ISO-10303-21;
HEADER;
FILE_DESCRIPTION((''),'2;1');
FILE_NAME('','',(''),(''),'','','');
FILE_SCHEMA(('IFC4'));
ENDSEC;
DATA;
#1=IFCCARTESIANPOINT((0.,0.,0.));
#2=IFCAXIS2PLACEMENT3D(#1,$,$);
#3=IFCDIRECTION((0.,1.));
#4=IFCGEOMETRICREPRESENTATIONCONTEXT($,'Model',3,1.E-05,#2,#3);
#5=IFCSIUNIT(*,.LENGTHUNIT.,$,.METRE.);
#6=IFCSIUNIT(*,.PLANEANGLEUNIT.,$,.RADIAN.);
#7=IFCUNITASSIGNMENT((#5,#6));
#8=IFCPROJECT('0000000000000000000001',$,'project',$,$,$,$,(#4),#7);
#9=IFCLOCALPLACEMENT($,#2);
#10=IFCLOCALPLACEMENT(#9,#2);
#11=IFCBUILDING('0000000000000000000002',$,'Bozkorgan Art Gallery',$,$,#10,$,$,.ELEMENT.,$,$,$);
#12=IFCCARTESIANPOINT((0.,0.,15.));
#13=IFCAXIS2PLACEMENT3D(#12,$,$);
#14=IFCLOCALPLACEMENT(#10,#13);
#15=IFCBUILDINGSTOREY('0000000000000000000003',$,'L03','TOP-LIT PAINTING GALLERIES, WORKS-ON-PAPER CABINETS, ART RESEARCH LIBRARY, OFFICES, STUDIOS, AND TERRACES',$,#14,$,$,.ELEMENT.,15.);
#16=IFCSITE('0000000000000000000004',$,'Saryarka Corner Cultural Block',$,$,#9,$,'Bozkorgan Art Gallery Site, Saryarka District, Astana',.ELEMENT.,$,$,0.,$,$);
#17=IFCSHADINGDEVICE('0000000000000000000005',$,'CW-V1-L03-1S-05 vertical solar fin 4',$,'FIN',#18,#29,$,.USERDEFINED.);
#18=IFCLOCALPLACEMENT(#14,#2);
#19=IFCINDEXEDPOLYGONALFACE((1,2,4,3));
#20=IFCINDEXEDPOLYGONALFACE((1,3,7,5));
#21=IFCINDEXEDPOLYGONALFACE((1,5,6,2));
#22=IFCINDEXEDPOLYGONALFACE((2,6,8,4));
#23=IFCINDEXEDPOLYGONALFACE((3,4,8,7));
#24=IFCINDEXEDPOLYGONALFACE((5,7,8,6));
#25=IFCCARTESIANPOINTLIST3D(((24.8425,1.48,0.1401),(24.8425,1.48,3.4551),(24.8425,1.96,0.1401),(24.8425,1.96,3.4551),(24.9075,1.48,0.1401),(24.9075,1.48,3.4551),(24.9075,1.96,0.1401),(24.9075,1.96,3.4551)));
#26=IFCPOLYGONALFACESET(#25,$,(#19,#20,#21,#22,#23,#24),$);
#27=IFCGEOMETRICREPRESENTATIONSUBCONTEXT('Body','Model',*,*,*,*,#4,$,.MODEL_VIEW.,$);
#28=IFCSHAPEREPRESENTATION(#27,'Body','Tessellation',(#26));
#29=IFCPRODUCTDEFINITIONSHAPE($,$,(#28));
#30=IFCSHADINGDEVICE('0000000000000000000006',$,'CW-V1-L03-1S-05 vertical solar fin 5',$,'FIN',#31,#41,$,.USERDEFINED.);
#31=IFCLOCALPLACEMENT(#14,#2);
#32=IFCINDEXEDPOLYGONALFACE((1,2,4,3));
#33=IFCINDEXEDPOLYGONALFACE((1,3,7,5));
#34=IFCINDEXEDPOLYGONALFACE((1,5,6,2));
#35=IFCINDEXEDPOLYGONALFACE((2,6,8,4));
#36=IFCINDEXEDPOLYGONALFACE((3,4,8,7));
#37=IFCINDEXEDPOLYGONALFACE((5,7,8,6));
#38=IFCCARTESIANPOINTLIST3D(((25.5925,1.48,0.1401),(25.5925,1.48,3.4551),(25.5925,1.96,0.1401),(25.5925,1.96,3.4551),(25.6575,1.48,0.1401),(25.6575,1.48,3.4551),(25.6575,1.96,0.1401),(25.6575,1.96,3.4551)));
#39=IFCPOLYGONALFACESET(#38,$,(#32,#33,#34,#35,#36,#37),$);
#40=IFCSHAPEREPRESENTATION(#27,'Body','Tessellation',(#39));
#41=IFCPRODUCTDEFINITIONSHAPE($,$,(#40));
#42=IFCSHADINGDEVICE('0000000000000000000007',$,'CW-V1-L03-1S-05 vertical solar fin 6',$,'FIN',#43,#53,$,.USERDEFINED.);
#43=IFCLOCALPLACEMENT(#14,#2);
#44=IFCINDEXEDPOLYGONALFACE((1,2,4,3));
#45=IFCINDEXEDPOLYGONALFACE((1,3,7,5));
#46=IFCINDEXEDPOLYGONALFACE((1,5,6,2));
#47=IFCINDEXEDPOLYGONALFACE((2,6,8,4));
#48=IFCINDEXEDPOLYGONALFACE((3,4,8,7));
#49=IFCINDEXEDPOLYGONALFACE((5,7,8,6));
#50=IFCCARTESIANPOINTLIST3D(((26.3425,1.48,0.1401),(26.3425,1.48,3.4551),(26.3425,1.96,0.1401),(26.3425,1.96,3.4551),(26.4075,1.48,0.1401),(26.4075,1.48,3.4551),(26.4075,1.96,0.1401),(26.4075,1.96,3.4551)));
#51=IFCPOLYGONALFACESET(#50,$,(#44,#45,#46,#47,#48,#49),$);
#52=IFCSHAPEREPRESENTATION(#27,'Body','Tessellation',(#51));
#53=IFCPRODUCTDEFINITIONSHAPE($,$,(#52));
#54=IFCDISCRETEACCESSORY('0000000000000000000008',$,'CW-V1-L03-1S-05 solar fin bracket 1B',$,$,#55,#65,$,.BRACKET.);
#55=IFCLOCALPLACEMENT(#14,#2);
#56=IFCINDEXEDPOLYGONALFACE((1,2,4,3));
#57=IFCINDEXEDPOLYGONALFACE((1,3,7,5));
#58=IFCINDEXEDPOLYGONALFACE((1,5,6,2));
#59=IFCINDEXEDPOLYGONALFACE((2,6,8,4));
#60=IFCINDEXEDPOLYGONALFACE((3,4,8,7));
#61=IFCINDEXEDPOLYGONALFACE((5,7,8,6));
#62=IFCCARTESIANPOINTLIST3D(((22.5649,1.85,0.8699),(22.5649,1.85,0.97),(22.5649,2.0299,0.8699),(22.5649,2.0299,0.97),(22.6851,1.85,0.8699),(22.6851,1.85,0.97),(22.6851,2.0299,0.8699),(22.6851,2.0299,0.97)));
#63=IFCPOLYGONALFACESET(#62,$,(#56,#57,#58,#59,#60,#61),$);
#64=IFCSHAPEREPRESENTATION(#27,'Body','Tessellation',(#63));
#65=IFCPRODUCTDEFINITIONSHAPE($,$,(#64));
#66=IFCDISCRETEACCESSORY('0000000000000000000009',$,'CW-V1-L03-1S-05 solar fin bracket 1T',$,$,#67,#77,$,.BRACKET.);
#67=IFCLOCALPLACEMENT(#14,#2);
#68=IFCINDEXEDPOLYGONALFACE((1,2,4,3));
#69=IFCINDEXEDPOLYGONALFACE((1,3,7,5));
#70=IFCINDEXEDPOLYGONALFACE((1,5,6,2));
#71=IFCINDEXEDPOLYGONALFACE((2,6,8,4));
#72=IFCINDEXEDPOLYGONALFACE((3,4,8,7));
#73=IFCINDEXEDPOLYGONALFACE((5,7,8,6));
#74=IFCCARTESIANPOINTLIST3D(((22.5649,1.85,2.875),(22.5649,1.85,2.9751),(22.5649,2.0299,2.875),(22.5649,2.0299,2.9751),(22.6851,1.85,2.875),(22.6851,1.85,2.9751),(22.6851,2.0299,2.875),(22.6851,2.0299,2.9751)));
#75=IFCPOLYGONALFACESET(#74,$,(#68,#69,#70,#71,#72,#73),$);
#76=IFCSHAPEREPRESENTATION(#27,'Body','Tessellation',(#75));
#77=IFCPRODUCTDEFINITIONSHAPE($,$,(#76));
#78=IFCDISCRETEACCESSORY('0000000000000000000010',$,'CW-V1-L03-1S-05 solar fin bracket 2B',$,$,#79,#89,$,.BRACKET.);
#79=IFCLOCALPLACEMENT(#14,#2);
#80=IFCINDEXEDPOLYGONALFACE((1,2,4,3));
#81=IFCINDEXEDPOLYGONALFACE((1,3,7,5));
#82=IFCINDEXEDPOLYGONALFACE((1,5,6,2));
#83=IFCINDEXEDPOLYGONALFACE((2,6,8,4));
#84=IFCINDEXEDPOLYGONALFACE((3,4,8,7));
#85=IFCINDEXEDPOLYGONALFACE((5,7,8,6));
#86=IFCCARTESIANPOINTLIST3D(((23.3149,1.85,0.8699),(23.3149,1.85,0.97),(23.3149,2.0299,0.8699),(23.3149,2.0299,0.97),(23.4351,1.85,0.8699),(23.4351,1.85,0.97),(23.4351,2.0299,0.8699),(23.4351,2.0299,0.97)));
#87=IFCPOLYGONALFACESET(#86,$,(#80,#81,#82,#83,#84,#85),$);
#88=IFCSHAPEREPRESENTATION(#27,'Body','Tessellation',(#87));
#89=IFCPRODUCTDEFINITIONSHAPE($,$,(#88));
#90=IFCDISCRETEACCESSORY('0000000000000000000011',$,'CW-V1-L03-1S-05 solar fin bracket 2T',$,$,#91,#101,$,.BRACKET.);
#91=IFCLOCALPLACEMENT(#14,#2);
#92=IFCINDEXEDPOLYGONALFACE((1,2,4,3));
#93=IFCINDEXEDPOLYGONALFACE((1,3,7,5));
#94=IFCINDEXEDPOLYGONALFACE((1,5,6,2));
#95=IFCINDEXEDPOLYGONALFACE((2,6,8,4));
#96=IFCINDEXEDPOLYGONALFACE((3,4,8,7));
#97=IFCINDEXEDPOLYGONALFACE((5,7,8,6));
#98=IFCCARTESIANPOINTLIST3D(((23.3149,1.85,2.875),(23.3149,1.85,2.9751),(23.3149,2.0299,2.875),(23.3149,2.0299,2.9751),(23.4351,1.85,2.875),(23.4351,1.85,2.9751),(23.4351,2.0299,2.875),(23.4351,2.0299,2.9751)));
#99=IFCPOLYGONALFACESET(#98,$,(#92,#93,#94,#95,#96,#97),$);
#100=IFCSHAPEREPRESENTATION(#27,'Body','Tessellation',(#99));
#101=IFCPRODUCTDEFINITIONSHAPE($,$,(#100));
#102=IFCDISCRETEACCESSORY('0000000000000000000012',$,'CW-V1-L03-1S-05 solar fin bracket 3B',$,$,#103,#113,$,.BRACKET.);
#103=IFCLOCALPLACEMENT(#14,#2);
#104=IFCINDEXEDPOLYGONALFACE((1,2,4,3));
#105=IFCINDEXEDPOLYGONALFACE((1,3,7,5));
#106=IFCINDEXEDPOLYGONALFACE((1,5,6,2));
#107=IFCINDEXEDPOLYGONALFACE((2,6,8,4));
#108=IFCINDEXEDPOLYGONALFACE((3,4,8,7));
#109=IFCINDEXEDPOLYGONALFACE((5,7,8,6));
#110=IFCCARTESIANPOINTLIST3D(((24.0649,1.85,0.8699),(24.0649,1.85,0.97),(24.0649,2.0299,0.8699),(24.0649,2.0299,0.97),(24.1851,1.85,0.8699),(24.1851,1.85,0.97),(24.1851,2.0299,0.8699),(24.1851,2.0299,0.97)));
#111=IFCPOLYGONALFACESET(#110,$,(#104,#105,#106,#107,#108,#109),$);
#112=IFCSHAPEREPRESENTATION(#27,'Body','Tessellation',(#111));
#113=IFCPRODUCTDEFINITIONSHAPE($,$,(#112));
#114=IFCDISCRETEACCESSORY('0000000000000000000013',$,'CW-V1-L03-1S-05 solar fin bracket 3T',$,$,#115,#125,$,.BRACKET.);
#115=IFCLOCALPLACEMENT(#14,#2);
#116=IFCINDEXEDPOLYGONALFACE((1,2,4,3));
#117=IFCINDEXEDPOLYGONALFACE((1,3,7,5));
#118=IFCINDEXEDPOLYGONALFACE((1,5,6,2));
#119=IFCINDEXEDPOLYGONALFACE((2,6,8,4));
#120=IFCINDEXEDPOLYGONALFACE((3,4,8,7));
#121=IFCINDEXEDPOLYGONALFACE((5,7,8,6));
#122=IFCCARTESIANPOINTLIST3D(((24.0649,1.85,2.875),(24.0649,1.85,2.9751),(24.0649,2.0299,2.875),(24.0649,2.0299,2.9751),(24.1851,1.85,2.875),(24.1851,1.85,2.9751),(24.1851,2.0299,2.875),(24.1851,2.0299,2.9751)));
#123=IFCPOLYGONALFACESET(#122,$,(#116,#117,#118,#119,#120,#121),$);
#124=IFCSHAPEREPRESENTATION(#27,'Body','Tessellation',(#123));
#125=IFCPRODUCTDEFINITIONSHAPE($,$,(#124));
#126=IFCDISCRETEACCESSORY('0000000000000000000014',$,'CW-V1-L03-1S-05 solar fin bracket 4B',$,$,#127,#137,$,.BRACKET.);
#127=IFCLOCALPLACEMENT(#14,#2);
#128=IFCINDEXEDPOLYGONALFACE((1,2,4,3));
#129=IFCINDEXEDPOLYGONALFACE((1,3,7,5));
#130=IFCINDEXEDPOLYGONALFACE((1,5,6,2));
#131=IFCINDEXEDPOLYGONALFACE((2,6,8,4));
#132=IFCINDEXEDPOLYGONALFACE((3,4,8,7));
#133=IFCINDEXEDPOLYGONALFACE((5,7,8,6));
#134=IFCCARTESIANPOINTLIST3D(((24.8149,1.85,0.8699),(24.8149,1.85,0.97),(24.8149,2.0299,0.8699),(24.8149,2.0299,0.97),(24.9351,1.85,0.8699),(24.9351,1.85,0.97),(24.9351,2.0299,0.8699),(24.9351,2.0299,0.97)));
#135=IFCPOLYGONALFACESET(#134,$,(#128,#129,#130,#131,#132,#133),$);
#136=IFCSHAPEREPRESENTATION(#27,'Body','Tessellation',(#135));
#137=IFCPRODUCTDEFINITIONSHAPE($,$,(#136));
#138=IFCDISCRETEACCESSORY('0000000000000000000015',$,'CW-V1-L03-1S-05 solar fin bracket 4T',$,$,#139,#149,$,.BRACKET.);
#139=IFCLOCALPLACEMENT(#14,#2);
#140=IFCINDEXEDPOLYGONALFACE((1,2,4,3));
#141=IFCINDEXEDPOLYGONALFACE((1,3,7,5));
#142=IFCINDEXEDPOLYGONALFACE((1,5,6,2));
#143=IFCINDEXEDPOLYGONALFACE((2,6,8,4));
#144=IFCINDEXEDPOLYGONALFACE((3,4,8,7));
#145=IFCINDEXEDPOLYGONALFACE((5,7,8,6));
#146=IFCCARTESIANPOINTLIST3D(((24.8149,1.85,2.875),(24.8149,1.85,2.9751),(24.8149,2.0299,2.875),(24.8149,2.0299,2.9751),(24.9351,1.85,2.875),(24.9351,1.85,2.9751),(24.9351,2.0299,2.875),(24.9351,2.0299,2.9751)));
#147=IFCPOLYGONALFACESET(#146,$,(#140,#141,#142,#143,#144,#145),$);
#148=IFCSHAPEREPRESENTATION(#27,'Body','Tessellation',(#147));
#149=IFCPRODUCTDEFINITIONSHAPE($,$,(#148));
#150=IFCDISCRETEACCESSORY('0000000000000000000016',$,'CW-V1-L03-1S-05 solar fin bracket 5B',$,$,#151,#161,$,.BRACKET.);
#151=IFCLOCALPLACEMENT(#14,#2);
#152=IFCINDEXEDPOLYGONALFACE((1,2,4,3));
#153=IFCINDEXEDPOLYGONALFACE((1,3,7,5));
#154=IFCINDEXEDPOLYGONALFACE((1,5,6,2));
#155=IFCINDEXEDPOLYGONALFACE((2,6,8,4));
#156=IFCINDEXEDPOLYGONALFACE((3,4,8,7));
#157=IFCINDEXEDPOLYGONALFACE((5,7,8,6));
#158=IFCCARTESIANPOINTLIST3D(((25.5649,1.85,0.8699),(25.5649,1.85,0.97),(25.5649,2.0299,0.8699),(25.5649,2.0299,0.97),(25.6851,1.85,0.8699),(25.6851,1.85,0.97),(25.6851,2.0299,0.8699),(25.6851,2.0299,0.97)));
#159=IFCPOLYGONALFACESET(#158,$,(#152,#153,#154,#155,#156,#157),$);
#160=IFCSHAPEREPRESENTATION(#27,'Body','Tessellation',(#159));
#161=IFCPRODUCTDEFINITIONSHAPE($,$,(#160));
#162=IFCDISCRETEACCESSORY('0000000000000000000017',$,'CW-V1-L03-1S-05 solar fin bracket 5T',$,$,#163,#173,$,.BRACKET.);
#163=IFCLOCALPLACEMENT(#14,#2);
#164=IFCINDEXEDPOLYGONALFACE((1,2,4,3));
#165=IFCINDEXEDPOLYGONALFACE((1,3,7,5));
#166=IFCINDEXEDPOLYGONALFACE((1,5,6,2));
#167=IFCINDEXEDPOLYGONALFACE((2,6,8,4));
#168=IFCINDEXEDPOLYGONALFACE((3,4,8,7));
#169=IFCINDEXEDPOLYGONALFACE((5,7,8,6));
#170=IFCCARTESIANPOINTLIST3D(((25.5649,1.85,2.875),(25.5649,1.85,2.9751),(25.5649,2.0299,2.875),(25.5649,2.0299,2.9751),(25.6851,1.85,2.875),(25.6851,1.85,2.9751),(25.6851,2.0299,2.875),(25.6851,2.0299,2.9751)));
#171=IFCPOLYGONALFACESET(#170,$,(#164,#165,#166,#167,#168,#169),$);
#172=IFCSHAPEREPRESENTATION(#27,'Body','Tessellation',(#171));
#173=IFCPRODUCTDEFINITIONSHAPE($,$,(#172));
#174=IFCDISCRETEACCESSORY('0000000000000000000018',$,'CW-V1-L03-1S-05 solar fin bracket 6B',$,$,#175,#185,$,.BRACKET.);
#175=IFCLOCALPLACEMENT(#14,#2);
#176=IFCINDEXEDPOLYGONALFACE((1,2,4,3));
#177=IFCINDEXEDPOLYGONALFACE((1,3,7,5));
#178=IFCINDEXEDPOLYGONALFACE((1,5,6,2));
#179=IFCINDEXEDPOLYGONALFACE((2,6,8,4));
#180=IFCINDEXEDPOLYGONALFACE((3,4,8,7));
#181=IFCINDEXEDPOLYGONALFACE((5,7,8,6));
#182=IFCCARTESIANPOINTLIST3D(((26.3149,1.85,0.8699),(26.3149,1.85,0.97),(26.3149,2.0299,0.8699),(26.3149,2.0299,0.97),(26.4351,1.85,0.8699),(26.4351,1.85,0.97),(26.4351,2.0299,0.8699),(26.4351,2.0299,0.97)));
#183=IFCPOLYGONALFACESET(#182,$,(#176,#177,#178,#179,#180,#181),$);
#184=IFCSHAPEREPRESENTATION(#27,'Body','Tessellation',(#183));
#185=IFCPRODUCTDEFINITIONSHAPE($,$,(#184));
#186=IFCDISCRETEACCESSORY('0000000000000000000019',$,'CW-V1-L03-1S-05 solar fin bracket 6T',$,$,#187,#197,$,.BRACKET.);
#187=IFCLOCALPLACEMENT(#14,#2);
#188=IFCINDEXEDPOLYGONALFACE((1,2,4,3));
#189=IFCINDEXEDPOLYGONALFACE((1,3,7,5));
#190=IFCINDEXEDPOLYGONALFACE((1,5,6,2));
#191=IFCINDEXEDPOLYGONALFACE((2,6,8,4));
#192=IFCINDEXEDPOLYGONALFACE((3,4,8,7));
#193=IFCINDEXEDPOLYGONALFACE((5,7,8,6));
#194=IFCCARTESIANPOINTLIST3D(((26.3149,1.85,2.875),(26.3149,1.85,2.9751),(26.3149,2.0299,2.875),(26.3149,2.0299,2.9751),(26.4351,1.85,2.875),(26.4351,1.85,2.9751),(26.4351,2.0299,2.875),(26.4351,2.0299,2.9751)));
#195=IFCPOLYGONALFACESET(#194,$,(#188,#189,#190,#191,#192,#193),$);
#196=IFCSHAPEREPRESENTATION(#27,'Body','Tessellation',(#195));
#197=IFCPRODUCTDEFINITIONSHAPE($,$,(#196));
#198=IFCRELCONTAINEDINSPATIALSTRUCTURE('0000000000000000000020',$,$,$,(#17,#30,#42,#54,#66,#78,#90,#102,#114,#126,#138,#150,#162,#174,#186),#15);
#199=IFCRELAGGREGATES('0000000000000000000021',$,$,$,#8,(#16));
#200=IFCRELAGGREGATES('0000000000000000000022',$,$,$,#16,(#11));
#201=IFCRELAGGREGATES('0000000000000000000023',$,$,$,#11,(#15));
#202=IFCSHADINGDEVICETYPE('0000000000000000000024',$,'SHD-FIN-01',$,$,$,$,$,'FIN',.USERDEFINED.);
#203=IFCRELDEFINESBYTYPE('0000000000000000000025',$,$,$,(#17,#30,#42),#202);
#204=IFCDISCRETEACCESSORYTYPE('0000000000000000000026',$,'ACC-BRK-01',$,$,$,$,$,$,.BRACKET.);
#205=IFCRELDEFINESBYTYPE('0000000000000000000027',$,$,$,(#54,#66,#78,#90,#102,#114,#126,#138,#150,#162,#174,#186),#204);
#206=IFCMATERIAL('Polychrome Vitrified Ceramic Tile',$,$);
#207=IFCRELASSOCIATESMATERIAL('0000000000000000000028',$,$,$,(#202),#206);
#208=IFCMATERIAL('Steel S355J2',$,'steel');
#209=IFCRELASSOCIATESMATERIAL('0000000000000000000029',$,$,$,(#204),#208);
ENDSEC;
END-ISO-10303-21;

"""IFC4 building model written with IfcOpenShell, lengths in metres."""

from ifc_helpers import new_model, si_unit, direction, frame, origin, origin_2d, place, context, subcontext, project, spatial, rectangle, extrude, material, type_object, element, save


model = new_model("IFC4")

# Units and contexts
model_context = context("Model", 3, precision=1e-05, world=origin(), true_north=direction((0.0, 1.0)))
body_context = subcontext(model_context, "Body", "Model", "MODEL_VIEW")
ifc_project = project(units=[si_unit("LENGTHUNIT", "METRE"), si_unit("PLANEANGLEUNIT", "RADIAN")], contexts=[model_context])

# Site, building, storey
site_placement = place(None, origin())
site = spatial("IfcSite", under=ifc_project, at=site_placement, Name="Saryarka Corner Cultural Block", LongName="Bozkorgan Art Gallery Site, Saryarka District, Astana", CompositionType="ELEMENT", RefElevation=0.0)
building_placement = place(site_placement, origin())
building = spatial("IfcBuilding", under=site, at=building_placement, Name="Bozkorgan Art Gallery", CompositionType="ELEMENT")
storey_placement = place(building_placement, frame((0.0, 0.0, 15.0)))
storey = spatial("IfcBuildingStorey", under=building, at=storey_placement, Name="L03", Description="TOP-LIT PAINTING GALLERIES, WORKS-ON-PAPER CABINETS, ART RESEARCH LIBRARY, OFFICES, STUDIOS, AND TERRACES", CompositionType="ELEMENT", Elevation=15.0)

# Shared definitions
ifc_material_1 = material(Name="Steel S355J2", Category="steel")

# Shading devices
ifc_material_2 = material(Name="Polychrome Vitrified Ceramic Tile")
shading_device_type = type_object("IfcShadingDeviceType", Name="SHD-FIN-01", ElementType="FIN", PredefinedType="USERDEFINED", material=ifc_material_2)
for number, where, z_axis, x_axis, name in (
    (1, (24.875, 1.72, 0.1401), (0.0, 0.0, 1.0), (0.0, -1.0, 0.0), "CW-V1-L03-1S-05 vertical solar fin 4"),
    (2, (25.625, 1.72, 0.1401), (0.0, 0.0, 1.0), (0.0, -1.0, 0.0), "CW-V1-L03-1S-05 vertical solar fin 5"),
    (3, (26.375, 1.72, 0.1401), (0.0, 0.0, 1.0), (0.0, -1.0, 0.0), "CW-V1-L03-1S-05 vertical solar fin 6"),
):
    element("IfcShadingDevice", number, at=place(storey_placement, frame(where, z_axis=z_axis, x_axis=x_axis)), inside=storey, type_object=shading_device_type, Name=name, ObjectType="FIN", PredefinedType="USERDEFINED", context=body_context, shape_type="SweptSolid", body=[
        extrude(rectangle(XDim=0.48, YDim=0.0649, at=origin_2d()), origin(), (0.0, 0.0, 1.0), 3.3149),
    ])

# Discrete accessories
discrete_accessory_type = type_object("IfcDiscreteAccessoryType", Name="ACC-BRK-01", PredefinedType="BRACKET", material=ifc_material_1)
for number, where, z_axis, x_axis, name in (
    (4, (22.625, 1.9399, 0.8699), (0.0, 0.0, 1.0), (0.0, -1.0, 0.0), "CW-V1-L03-1S-05 solar fin bracket 1B"),
    (5, (22.625, 1.9399, 2.875), (0.0, 0.0, 1.0), (0.0, -1.0, 0.0), "CW-V1-L03-1S-05 solar fin bracket 1T"),
    (6, (23.375, 1.9399, 0.8699), (0.0, 0.0, 1.0), (0.0, -1.0, 0.0), "CW-V1-L03-1S-05 solar fin bracket 2B"),
    (7, (23.375, 1.9399, 2.875), (0.0, 0.0, 1.0), (0.0, -1.0, 0.0), "CW-V1-L03-1S-05 solar fin bracket 2T"),
    (8, (24.125, 1.9399, 0.8699), (0.0, 0.0, 1.0), (0.0, -1.0, 0.0), "CW-V1-L03-1S-05 solar fin bracket 3B"),
    (9, (24.125, 1.9399, 2.875), (0.0, 0.0, 1.0), (0.0, -1.0, 0.0), "CW-V1-L03-1S-05 solar fin bracket 3T"),
    (10, (24.875, 1.9399, 0.8699), (0.0, 0.0, 1.0), (0.0, -1.0, 0.0), "CW-V1-L03-1S-05 solar fin bracket 4B"),
    (11, (24.875, 1.9399, 2.875), (0.0, 0.0, 1.0), (0.0, -1.0, 0.0), "CW-V1-L03-1S-05 solar fin bracket 4T"),
    (12, (25.625, 1.9399, 0.8699), (0.0, 0.0, 1.0), (0.0, -1.0, 0.0), "CW-V1-L03-1S-05 solar fin bracket 5B"),
    (13, (25.625, 1.9399, 2.875), (0.0, 0.0, 1.0), (0.0, -1.0, 0.0), "CW-V1-L03-1S-05 solar fin bracket 5T"),
    (14, (26.375, 1.9399, 0.8699), (0.0, 0.0, 1.0), (0.0, -1.0, 0.0), "CW-V1-L03-1S-05 solar fin bracket 6B"),
    (15, (26.375, 1.9399, 2.875), (0.0, 0.0, 1.0), (0.0, -1.0, 0.0), "CW-V1-L03-1S-05 solar fin bracket 6T"),
):
    element("IfcDiscreteAccessory", number, at=place(storey_placement, frame(where, z_axis=z_axis, x_axis=x_axis)), inside=storey, type_object=discrete_accessory_type, Name=name, PredefinedType="BRACKET", context=body_context, shape_type="SweptSolid", body=[
        extrude(rectangle(XDim=0.1799, YDim=0.1201, at=origin_2d()), origin(), (0.0, 0.0, 1.0), 0.1001),
    ])

save(model, "model.ifc")
